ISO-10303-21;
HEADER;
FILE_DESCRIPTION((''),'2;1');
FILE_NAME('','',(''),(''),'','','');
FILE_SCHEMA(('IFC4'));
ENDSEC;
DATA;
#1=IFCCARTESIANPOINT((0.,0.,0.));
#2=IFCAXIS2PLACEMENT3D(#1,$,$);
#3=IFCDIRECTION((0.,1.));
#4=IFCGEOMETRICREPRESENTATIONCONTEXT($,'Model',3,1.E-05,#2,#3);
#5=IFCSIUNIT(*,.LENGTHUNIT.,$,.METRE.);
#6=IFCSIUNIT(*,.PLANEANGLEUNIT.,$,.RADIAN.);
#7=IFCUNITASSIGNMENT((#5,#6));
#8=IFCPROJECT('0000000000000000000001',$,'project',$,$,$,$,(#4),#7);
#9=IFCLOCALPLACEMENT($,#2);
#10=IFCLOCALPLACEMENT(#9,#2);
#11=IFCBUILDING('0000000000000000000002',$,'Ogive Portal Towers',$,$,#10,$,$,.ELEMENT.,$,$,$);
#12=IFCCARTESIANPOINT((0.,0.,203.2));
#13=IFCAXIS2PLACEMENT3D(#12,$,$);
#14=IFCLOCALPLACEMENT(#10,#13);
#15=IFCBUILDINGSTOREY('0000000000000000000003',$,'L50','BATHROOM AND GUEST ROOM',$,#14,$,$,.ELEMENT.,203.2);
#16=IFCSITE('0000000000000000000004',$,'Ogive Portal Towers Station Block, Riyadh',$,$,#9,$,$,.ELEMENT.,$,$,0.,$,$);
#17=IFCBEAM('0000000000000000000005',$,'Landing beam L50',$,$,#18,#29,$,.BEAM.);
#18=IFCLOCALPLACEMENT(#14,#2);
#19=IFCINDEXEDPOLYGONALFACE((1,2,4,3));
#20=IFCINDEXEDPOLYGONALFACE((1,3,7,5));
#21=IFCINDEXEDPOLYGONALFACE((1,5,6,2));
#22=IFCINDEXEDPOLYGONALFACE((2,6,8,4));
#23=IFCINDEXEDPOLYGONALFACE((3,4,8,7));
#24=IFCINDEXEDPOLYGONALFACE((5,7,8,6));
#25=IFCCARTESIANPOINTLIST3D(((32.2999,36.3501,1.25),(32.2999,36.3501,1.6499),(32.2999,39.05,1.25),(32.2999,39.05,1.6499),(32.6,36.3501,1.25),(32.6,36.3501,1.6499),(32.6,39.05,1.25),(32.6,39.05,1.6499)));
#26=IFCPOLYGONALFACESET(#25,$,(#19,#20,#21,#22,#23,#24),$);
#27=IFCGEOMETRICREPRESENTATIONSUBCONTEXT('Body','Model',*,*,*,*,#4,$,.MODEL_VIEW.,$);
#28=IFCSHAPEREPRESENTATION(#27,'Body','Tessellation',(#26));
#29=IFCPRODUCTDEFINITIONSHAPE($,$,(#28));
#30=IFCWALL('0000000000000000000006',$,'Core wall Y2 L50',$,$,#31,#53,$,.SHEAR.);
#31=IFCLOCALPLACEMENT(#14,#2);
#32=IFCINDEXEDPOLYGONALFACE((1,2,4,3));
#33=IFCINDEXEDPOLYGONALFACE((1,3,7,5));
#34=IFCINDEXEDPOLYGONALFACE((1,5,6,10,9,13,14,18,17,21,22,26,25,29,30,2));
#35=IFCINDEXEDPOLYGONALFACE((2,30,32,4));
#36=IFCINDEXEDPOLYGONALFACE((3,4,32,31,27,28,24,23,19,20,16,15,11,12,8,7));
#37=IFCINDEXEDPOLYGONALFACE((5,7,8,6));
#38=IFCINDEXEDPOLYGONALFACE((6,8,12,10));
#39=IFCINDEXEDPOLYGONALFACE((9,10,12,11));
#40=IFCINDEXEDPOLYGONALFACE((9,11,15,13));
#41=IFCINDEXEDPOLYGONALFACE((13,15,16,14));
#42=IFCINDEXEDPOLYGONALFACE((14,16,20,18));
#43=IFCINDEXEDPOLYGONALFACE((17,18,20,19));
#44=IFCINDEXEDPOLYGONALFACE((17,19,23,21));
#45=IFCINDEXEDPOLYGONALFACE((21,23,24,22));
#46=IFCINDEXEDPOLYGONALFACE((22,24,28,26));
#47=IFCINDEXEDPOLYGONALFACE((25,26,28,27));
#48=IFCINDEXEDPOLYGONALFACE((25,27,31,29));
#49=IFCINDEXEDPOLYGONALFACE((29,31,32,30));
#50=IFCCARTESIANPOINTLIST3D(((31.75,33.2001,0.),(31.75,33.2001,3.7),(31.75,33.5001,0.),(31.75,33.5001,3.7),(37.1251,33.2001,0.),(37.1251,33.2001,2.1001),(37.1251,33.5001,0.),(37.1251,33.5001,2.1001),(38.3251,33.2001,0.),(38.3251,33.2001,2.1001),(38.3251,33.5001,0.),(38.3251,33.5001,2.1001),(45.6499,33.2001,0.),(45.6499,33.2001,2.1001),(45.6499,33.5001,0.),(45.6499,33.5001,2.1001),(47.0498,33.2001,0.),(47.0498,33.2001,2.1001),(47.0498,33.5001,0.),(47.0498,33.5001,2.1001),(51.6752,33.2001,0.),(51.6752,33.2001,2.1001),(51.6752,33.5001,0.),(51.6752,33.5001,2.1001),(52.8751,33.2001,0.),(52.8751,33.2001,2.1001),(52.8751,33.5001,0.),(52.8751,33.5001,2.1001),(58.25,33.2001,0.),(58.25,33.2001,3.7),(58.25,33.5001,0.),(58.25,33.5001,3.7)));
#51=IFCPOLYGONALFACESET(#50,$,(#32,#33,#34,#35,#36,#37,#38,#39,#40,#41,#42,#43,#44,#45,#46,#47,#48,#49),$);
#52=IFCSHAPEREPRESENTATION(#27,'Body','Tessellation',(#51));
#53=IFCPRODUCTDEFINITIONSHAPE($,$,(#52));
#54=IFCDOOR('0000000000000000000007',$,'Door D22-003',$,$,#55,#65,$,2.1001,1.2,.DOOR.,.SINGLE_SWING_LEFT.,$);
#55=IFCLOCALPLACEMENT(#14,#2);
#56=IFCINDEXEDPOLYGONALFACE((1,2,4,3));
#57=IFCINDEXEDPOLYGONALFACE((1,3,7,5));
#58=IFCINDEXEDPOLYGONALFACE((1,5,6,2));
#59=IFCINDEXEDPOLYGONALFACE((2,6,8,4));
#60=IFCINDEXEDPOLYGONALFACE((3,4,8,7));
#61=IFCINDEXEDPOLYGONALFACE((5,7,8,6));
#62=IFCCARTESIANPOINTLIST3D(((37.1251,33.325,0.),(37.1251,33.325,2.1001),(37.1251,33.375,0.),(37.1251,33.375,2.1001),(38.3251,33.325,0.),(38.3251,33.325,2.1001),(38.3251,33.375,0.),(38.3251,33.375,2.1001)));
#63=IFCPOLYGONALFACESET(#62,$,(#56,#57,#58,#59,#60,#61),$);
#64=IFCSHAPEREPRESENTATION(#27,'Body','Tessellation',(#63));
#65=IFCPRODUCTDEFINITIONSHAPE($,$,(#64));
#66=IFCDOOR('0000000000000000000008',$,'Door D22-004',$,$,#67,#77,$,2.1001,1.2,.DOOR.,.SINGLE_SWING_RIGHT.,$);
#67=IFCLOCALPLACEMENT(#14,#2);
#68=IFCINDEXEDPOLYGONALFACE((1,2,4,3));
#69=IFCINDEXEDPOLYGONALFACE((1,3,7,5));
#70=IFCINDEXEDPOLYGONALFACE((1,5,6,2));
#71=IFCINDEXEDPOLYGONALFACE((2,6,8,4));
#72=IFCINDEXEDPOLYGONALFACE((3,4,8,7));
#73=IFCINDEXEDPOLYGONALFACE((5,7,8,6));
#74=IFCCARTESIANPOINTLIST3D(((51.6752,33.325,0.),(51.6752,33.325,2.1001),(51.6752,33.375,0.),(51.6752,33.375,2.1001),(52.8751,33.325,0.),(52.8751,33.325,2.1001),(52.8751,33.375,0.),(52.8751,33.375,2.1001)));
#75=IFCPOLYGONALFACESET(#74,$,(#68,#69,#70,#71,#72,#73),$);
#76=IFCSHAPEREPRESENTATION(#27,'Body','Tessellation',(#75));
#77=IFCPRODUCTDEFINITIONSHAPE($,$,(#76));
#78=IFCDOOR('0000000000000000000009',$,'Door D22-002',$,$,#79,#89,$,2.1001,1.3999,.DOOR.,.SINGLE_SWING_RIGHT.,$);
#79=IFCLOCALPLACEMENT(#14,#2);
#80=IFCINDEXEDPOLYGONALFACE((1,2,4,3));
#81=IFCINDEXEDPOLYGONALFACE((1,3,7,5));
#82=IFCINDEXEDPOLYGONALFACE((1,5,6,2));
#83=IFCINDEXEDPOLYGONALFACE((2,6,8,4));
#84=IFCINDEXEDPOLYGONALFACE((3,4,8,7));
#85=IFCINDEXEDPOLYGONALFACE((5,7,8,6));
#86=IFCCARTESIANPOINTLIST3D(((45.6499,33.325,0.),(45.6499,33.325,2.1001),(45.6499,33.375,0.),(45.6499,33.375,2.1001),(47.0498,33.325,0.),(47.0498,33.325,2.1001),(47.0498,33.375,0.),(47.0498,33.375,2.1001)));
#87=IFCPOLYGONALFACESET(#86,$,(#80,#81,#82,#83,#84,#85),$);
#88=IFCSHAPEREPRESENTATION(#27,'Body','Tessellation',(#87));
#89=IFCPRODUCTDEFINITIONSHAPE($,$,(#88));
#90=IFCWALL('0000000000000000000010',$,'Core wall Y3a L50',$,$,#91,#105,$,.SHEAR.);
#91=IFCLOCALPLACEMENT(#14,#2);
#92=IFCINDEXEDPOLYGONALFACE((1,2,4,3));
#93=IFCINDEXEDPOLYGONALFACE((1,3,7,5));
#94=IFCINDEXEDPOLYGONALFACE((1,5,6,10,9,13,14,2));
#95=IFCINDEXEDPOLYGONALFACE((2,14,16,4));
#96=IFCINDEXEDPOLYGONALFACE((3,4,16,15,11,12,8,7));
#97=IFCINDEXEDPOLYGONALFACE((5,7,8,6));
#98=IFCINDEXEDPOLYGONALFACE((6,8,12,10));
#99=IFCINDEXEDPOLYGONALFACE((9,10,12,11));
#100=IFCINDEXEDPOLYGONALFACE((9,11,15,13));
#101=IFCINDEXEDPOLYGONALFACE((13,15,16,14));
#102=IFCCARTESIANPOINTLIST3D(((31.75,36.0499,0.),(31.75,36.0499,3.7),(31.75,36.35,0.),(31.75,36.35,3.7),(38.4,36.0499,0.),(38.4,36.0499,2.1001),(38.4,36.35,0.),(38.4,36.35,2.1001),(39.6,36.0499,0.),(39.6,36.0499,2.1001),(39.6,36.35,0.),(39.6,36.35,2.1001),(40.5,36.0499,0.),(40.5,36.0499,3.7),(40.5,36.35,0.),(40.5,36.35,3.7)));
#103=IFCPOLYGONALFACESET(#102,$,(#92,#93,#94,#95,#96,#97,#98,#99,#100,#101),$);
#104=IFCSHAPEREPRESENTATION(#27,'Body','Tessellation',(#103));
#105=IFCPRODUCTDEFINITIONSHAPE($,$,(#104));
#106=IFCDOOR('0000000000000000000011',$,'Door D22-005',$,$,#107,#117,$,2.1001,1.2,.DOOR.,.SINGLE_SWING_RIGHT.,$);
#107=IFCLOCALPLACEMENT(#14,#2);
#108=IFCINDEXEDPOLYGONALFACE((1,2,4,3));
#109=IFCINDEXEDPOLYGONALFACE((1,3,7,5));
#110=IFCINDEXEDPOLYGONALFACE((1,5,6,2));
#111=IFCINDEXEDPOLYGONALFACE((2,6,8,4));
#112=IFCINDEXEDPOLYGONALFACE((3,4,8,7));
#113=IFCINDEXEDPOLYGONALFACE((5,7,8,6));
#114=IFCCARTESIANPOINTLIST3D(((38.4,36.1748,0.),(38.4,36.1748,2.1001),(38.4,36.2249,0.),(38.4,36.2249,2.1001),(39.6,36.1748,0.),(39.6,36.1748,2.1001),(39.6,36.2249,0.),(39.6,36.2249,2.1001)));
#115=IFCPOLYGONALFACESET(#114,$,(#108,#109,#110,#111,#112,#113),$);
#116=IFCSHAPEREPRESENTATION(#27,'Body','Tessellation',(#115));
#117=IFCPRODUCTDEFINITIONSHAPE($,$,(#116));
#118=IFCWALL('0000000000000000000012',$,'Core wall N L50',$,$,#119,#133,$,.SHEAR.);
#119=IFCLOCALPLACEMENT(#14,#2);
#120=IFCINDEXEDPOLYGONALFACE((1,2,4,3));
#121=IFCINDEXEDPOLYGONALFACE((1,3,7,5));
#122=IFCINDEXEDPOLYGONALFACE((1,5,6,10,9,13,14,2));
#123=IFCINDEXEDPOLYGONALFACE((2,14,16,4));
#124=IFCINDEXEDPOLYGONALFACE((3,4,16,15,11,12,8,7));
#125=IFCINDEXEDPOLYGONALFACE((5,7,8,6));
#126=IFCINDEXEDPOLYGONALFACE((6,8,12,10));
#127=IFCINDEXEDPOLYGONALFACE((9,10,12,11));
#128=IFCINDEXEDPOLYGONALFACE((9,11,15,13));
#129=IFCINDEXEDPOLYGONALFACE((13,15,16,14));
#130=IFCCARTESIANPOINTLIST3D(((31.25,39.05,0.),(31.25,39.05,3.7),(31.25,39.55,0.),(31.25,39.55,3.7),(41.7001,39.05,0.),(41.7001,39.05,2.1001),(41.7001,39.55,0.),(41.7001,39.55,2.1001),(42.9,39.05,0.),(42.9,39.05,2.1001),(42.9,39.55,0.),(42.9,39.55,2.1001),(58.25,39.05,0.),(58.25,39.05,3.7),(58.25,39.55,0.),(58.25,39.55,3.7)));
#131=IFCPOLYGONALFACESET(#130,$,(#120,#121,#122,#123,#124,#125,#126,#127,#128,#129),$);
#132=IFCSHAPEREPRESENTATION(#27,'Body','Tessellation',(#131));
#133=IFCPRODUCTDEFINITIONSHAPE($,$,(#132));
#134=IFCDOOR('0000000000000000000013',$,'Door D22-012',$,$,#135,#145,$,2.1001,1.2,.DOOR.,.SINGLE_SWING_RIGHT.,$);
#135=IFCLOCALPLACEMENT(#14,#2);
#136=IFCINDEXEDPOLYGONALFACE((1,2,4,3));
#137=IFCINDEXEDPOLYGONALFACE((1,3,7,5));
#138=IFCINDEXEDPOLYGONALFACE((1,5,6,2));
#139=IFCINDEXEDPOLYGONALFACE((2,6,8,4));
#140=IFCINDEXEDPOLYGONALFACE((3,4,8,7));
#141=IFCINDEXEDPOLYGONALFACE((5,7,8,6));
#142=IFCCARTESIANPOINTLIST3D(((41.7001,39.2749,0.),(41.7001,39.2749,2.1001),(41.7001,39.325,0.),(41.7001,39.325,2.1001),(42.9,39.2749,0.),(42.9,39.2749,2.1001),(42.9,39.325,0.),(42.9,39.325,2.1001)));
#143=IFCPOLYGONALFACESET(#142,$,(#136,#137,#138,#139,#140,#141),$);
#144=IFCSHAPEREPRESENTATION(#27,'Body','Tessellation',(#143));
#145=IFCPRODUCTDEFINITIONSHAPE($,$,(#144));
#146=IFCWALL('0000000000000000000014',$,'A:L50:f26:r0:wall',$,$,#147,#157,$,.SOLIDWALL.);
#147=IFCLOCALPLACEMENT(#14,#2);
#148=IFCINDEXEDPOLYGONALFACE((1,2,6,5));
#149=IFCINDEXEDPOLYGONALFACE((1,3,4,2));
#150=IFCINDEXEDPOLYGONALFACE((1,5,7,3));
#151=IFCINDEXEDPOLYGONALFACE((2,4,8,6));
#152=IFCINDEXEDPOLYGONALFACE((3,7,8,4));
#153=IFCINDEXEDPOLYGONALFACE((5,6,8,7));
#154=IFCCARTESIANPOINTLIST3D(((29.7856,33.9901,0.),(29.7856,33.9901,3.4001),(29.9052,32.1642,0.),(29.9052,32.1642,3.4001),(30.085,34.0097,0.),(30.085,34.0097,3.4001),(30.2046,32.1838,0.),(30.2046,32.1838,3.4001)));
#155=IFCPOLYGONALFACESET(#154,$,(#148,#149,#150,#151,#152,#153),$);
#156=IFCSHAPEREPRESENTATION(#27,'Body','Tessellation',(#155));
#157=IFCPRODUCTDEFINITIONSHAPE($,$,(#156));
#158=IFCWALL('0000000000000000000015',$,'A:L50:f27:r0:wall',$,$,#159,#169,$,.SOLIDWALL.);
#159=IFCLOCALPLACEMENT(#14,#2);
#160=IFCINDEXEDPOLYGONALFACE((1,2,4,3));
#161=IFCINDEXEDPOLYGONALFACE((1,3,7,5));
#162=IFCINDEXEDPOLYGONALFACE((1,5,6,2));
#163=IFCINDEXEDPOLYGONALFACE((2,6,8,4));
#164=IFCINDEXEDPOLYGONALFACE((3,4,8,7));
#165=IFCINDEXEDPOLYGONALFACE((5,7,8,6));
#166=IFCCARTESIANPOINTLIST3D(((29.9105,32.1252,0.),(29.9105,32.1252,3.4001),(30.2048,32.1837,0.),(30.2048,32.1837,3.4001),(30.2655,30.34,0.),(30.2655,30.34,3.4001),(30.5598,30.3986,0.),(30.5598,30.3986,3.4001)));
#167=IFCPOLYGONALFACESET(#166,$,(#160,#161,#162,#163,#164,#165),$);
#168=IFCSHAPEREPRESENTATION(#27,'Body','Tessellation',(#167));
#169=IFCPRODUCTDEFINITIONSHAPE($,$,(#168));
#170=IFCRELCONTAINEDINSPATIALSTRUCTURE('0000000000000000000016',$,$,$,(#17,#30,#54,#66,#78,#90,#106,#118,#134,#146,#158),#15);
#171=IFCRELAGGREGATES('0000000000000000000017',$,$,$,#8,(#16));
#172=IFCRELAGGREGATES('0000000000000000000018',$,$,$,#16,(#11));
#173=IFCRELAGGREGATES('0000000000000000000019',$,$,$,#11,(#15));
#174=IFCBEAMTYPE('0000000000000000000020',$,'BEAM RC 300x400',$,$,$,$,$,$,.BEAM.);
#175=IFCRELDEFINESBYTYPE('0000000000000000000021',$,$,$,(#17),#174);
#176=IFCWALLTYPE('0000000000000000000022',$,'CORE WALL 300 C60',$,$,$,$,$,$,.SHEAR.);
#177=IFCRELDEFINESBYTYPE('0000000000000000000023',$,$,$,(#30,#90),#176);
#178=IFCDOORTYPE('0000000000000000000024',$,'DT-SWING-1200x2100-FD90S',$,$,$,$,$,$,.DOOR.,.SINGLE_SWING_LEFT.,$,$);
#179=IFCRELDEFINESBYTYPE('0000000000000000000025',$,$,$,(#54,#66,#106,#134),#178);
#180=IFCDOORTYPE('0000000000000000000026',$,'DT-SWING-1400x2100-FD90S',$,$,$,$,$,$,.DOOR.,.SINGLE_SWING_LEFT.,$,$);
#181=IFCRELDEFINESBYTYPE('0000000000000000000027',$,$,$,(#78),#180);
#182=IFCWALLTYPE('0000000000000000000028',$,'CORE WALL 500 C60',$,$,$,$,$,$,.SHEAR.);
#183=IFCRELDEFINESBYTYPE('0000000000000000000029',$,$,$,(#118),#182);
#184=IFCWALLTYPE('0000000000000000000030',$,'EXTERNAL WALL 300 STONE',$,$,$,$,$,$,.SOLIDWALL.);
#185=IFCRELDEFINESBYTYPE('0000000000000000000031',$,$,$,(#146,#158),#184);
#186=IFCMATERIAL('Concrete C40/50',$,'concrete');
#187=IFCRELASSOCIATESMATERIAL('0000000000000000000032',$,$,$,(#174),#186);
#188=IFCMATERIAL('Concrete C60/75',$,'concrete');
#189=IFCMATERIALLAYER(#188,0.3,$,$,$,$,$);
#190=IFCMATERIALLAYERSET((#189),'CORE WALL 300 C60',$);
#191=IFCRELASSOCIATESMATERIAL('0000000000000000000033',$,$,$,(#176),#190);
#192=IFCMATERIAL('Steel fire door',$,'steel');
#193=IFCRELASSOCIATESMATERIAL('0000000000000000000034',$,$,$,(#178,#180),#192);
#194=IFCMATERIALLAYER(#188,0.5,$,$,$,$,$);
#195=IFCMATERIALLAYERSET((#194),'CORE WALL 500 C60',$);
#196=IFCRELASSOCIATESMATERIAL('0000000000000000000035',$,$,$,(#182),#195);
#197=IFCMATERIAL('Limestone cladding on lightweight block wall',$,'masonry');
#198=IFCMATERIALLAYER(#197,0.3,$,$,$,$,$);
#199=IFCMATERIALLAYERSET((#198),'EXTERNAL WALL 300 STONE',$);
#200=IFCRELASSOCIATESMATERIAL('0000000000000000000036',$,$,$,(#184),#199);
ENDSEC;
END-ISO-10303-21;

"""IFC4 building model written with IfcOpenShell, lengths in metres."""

from ifc_helpers import new_model, si_unit, direction, frame, frame_2d, origin, origin_2d, place, context, subcontext, project, spatial, rectangle, extrude, material, layer, layer_set, material_profile, profile_set, type_object, element, fill, save


model = new_model("IFC4")

# Units and contexts
model_context = context("Model", 3, precision=1e-05, world=origin(), true_north=direction((0.0, 1.0)))
body_context = subcontext(model_context, "Body", "Model", "MODEL_VIEW")
ifc_project = project(units=[si_unit("LENGTHUNIT", "METRE"), si_unit("PLANEANGLEUNIT", "RADIAN")], contexts=[model_context])

# Site, building, storey
site_placement = place(None, origin())
site = spatial("IfcSite", under=ifc_project, at=site_placement, Name="Ogive Portal Towers Station Block, Riyadh", CompositionType="ELEMENT", RefElevation=0.0)
building_placement = place(site_placement, origin())
building = spatial("IfcBuilding", under=site, at=building_placement, Name="Ogive Portal Towers", CompositionType="ELEMENT")
storey_placement = place(building_placement, frame((0.0, 0.0, 203.2)))
storey = spatial("IfcBuildingStorey", under=building, at=storey_placement, Name="L50", Description="BATHROOM AND GUEST ROOM", CompositionType="ELEMENT", Elevation=203.2)

# Beam
ifc_material_1 = material(Name="Concrete C40/50", Category="concrete")
ifc_material_profile = material_profile(ifc_material_1, rectangle(XDim=0.3, YDim=0.3999, at=origin_2d()), Name="RC 300x400")
ifc_profile_set = profile_set([ifc_material_profile], Name="Concrete C40/50")
beam_type = type_object("IfcBeamType", Name="BEAM RC 300x400", PredefinedType="BEAM", material=ifc_profile_set)
beam_placement = place(storey_placement, frame((32.45, 36.3501, 1.45), z_axis=(0.0, 1.0, 0.0), x_axis=(-1.0, 0.0, 0.0)))
element("IfcBeam", 1, at=beam_placement, inside=storey, type_object=beam_type, Name="Landing beam L50", PredefinedType="BEAM", context=body_context, shape_type="SweptSolid", body=[
    extrude(rectangle(XDim=0.3, YDim=0.3999, at=origin_2d()), origin(), (0.0, 0.0, 1.0), 2.7),
])

# Wall, openings, doors
ifc_material_2 = material(Name="Concrete C60/75", Category="concrete")
ifc_layer_1 = layer(ifc_material_2, 0.3)
ifc_layer_set_1 = layer_set([ifc_layer_1], Name="CORE WALL 300 C60")
wall_type_1 = type_object("IfcWallType", Name="CORE WALL 300 C60", PredefinedType="SHEAR", material=ifc_layer_set_1)
wall_1_placement = place(storey_placement, frame((31.75, 33.3501, 0.0), z_axis=(0.0, 0.0, 1.0), x_axis=(1.0, 0.0, 0.0)))
wall_1 = element("IfcWall", 2, at=wall_1_placement, inside=storey, type_object=wall_type_1, Name="Core wall Y2 L50", PredefinedType="SHEAR", context=body_context, shape_type="SweptSolid", body=[
    extrude(rectangle(XDim=26.5, YDim=0.3, at=frame_2d((13.25, 0.0))), origin(), (0.0, 0.0, 1.0), 3.7),
])
opening_1_placement = place(wall_1_placement, frame((13.8999, 0.0, 0.0)))
opening_1 = element("IfcOpeningElement", 3, at=opening_1_placement, cuts=wall_1, PredefinedType="OPENING", context=body_context, shape_type="SweptSolid", body=[
    extrude(rectangle(XDim=1.3999, YDim=2.1001, at=frame_2d((0.7, 1.05))), frame((0.0, 0.1602, 0.0), z_axis=(0.0, -1.0, 0.0), x_axis=(1.0, 0.0, 0.0)), (0.0, 0.0, 1.0), 0.3201),
])
opening_2_placement = place(wall_1_placement, frame((5.375, 0.0, 0.0)))
opening_2 = element("IfcOpeningElement", 4, at=opening_2_placement, cuts=wall_1, PredefinedType="OPENING", context=body_context, shape_type="SweptSolid", body=[
    extrude(rectangle(XDim=1.2, YDim=2.1001, at=frame_2d((0.6001, 1.05))), frame((0.0, 0.1602, 0.0), z_axis=(0.0, -1.0, 0.0), x_axis=(1.0, 0.0, 0.0)), (0.0, 0.0, 1.0), 0.3201),
])
opening_3_placement = place(wall_1_placement, frame((19.925, 0.0, 0.0)))
opening_3 = element("IfcOpeningElement", 5, at=opening_3_placement, cuts=wall_1, PredefinedType="OPENING", context=body_context, shape_type="SweptSolid", body=[
    extrude(rectangle(XDim=1.2, YDim=2.1001, at=frame_2d((0.6001, 1.05))), frame((0.0, 0.1602, 0.0), z_axis=(0.0, -1.0, 0.0), x_axis=(1.0, 0.0, 0.0)), (0.0, 0.0, 1.0), 0.3201),
])
ifc_material_3 = material(Name="Steel fire door", Category="steel")
door_type_1 = type_object("IfcDoorType", Name="DT-SWING-1200x2100-FD90S", OperationType="SINGLE_SWING_LEFT", PredefinedType="DOOR", material=ifc_material_3)
door_1_placement = place(opening_2_placement, origin())
door_1 = element("IfcDoor", 6, at=door_1_placement, inside=storey, type_object=door_type_1, Name="Door D22-003", OperationType="SINGLE_SWING_LEFT", OverallHeight=2.1001, OverallWidth=1.2, PredefinedType="DOOR", context=body_context, shape_type="SweptSolid", body=[
    extrude(rectangle(XDim=1.2, YDim=2.1001, at=frame_2d((0.6001, 1.05))), frame((0.0, 0.0249, 0.0), z_axis=(0.0, -1.0, 0.0), x_axis=(1.0, 0.0, 0.0)), (0.0, 0.0, 1.0), 0.05),
])
fill(opening_2, door_1)
door_2_placement = place(opening_3_placement, origin())
door_2 = element("IfcDoor", 7, at=door_2_placement, inside=storey, type_object=door_type_1, Name="Door D22-004", OperationType="SINGLE_SWING_RIGHT", OverallHeight=2.1001, OverallWidth=1.2, PredefinedType="DOOR", context=body_context, shape_type="SweptSolid", body=[
    extrude(rectangle(XDim=1.2, YDim=2.1001, at=frame_2d((0.6001, 1.05))), frame((0.0, 0.0249, 0.0), z_axis=(0.0, -1.0, 0.0), x_axis=(1.0, 0.0, 0.0)), (0.0, 0.0, 1.0), 0.05),
])
fill(opening_3, door_2)
door_type_2 = type_object("IfcDoorType", Name="DT-SWING-1400x2100-FD90S", OperationType="SINGLE_SWING_LEFT", PredefinedType="DOOR", material=ifc_material_3)
door_3_placement = place(opening_1_placement, origin())
door_3 = element("IfcDoor", 8, at=door_3_placement, inside=storey, type_object=door_type_2, Name="Door D22-002", OperationType="SINGLE_SWING_RIGHT", OverallHeight=2.1001, OverallWidth=1.3999, PredefinedType="DOOR", context=body_context, shape_type="SweptSolid", body=[
    extrude(rectangle(XDim=1.3999, YDim=2.1001, at=frame_2d((0.7, 1.05))), frame((0.0, 0.0249, 0.0), z_axis=(0.0, -1.0, 0.0), x_axis=(1.0, 0.0, 0.0)), (0.0, 0.0, 1.0), 0.05),
])
fill(opening_1, door_3)

# Walls, openings, doors
wall_2_placement = place(storey_placement, frame((31.75, 36.2, 0.0), z_axis=(0.0, 0.0, 1.0), x_axis=(1.0, 0.0, 0.0)))
wall_2 = element("IfcWall", 9, at=wall_2_placement, inside=storey, type_object=wall_type_1, Name="Core wall Y3a L50", PredefinedType="SHEAR", context=body_context, shape_type="SweptSolid", body=[
    extrude(rectangle(XDim=8.75, YDim=0.3, at=frame_2d((4.375, 0.0))), origin(), (0.0, 0.0, 1.0), 3.7),
])
opening_4_placement = place(wall_2_placement, frame((6.6499, 0.0, 0.0)))
opening_4 = element("IfcOpeningElement", 10, at=opening_4_placement, cuts=wall_2, PredefinedType="OPENING", context=body_context, shape_type="SweptSolid", body=[
    extrude(rectangle(XDim=1.2, YDim=2.1001, at=frame_2d((0.6001, 1.05))), frame((0.0, 0.1602, 0.0), z_axis=(0.0, -1.0, 0.0), x_axis=(1.0, 0.0, 0.0)), (0.0, 0.0, 1.0), 0.3201),
])
door_4_placement = place(opening_4_placement, origin())
door_4 = element("IfcDoor", 11, at=door_4_placement, inside=storey, type_object=door_type_1, Name="Door D22-005", OperationType="SINGLE_SWING_RIGHT", OverallHeight=2.1001, OverallWidth=1.2, PredefinedType="DOOR", context=body_context, shape_type="SweptSolid", body=[
    extrude(rectangle(XDim=1.2, YDim=2.1001, at=frame_2d((0.6001, 1.05))), frame((0.0, 0.0249, 0.0), z_axis=(0.0, -1.0, 0.0), x_axis=(1.0, 0.0, 0.0)), (0.0, 0.0, 1.0), 0.05),
])
fill(opening_4, door_4)
ifc_layer_2 = layer(ifc_material_2, 0.5)
ifc_layer_set_2 = layer_set([ifc_layer_2], Name="CORE WALL 500 C60")
wall_type_2 = type_object("IfcWallType", Name="CORE WALL 500 C60", PredefinedType="SHEAR", material=ifc_layer_set_2)
wall_3_placement = place(storey_placement, frame((31.25, 39.3, 0.0), z_axis=(0.0, 0.0, 1.0), x_axis=(1.0, 0.0, 0.0)))
wall_3 = element("IfcWall", 12, at=wall_3_placement, inside=storey, type_object=wall_type_2, Name="Core wall N L50", PredefinedType="SHEAR", context=body_context, shape_type="SweptSolid", body=[
    extrude(rectangle(XDim=27.0, YDim=0.5, at=frame_2d((13.5, 0.0))), origin(), (0.0, 0.0, 1.0), 3.7),
])
opening_5_placement = place(wall_3_placement, frame((10.45, 0.0, 0.0)))
opening_5 = element("IfcOpeningElement", 13, at=opening_5_placement, cuts=wall_3, PredefinedType="OPENING", context=body_context, shape_type="SweptSolid", body=[
    extrude(rectangle(XDim=1.2, YDim=2.1001, at=frame_2d((0.6001, 1.05))), frame((0.0, 0.26, 0.0), z_axis=(0.0, -1.0, 0.0), x_axis=(1.0, 0.0, 0.0)), (0.0, 0.0, 1.0), 0.52),
])
door_5_placement = place(opening_5_placement, origin())
door_5 = element("IfcDoor", 14, at=door_5_placement, inside=storey, type_object=door_type_1, Name="Door D22-012", OperationType="SINGLE_SWING_RIGHT", OverallHeight=2.1001, OverallWidth=1.2, PredefinedType="DOOR", context=body_context, shape_type="SweptSolid", body=[
    extrude(rectangle(XDim=1.2, YDim=2.1001, at=frame_2d((0.6001, 1.05))), frame((0.0, 0.0249, 0.0), z_axis=(0.0, -1.0, 0.0), x_axis=(1.0, 0.0, 0.0)), (0.0, 0.0, 1.0), 0.05),
])
fill(opening_5, door_5)

# Walls
ifc_material_4 = material(Name="Limestone cladding on lightweight block wall", Category="masonry")
ifc_layer_3 = layer(ifc_material_4, 0.3)
ifc_layer_set_3 = layer_set([ifc_layer_3], Name="EXTERNAL WALL 300 STONE")
wall_type_3 = type_object("IfcWallType", Name="EXTERNAL WALL 300 STONE", PredefinedType="SOLIDWALL", material=ifc_layer_set_3)
wall_4_placement = place(storey_placement, frame((29.9353, 34.0, 0.0), z_axis=(0.0, 0.0, 1.0), x_axis=(0.065377, -0.997861, 0.0)))
element("IfcWall", 15, at=wall_4_placement, inside=storey, type_object=wall_type_3, Name="A:L50:f26:r0:wall", PredefinedType="SOLIDWALL", context=body_context, shape_type="SweptSolid", body=[
    extrude(rectangle(XDim=1.8298, YDim=0.3, at=frame_2d((0.915, 0.0))), origin(), (0.0, 0.0, 1.0), 3.4001),
])
wall_5_placement = place(storey_placement, frame((30.0576, 32.1545, 0.0), z_axis=(0.0, 0.0, 1.0), x_axis=(0.195033, -0.980797, 0.0)))
element("IfcWall", 16, at=wall_5_placement, inside=storey, type_object=wall_type_3, Name="A:L50:f27:r0:wall", PredefinedType="SOLIDWALL", context=body_context, shape_type="SweptSolid", body=[
    extrude(rectangle(XDim=1.8201, YDim=0.3, at=frame_2d((0.9102, 0.0))), origin(), (0.0, 0.0, 1.0), 3.4001),
])

save(model, "model.ifc")
